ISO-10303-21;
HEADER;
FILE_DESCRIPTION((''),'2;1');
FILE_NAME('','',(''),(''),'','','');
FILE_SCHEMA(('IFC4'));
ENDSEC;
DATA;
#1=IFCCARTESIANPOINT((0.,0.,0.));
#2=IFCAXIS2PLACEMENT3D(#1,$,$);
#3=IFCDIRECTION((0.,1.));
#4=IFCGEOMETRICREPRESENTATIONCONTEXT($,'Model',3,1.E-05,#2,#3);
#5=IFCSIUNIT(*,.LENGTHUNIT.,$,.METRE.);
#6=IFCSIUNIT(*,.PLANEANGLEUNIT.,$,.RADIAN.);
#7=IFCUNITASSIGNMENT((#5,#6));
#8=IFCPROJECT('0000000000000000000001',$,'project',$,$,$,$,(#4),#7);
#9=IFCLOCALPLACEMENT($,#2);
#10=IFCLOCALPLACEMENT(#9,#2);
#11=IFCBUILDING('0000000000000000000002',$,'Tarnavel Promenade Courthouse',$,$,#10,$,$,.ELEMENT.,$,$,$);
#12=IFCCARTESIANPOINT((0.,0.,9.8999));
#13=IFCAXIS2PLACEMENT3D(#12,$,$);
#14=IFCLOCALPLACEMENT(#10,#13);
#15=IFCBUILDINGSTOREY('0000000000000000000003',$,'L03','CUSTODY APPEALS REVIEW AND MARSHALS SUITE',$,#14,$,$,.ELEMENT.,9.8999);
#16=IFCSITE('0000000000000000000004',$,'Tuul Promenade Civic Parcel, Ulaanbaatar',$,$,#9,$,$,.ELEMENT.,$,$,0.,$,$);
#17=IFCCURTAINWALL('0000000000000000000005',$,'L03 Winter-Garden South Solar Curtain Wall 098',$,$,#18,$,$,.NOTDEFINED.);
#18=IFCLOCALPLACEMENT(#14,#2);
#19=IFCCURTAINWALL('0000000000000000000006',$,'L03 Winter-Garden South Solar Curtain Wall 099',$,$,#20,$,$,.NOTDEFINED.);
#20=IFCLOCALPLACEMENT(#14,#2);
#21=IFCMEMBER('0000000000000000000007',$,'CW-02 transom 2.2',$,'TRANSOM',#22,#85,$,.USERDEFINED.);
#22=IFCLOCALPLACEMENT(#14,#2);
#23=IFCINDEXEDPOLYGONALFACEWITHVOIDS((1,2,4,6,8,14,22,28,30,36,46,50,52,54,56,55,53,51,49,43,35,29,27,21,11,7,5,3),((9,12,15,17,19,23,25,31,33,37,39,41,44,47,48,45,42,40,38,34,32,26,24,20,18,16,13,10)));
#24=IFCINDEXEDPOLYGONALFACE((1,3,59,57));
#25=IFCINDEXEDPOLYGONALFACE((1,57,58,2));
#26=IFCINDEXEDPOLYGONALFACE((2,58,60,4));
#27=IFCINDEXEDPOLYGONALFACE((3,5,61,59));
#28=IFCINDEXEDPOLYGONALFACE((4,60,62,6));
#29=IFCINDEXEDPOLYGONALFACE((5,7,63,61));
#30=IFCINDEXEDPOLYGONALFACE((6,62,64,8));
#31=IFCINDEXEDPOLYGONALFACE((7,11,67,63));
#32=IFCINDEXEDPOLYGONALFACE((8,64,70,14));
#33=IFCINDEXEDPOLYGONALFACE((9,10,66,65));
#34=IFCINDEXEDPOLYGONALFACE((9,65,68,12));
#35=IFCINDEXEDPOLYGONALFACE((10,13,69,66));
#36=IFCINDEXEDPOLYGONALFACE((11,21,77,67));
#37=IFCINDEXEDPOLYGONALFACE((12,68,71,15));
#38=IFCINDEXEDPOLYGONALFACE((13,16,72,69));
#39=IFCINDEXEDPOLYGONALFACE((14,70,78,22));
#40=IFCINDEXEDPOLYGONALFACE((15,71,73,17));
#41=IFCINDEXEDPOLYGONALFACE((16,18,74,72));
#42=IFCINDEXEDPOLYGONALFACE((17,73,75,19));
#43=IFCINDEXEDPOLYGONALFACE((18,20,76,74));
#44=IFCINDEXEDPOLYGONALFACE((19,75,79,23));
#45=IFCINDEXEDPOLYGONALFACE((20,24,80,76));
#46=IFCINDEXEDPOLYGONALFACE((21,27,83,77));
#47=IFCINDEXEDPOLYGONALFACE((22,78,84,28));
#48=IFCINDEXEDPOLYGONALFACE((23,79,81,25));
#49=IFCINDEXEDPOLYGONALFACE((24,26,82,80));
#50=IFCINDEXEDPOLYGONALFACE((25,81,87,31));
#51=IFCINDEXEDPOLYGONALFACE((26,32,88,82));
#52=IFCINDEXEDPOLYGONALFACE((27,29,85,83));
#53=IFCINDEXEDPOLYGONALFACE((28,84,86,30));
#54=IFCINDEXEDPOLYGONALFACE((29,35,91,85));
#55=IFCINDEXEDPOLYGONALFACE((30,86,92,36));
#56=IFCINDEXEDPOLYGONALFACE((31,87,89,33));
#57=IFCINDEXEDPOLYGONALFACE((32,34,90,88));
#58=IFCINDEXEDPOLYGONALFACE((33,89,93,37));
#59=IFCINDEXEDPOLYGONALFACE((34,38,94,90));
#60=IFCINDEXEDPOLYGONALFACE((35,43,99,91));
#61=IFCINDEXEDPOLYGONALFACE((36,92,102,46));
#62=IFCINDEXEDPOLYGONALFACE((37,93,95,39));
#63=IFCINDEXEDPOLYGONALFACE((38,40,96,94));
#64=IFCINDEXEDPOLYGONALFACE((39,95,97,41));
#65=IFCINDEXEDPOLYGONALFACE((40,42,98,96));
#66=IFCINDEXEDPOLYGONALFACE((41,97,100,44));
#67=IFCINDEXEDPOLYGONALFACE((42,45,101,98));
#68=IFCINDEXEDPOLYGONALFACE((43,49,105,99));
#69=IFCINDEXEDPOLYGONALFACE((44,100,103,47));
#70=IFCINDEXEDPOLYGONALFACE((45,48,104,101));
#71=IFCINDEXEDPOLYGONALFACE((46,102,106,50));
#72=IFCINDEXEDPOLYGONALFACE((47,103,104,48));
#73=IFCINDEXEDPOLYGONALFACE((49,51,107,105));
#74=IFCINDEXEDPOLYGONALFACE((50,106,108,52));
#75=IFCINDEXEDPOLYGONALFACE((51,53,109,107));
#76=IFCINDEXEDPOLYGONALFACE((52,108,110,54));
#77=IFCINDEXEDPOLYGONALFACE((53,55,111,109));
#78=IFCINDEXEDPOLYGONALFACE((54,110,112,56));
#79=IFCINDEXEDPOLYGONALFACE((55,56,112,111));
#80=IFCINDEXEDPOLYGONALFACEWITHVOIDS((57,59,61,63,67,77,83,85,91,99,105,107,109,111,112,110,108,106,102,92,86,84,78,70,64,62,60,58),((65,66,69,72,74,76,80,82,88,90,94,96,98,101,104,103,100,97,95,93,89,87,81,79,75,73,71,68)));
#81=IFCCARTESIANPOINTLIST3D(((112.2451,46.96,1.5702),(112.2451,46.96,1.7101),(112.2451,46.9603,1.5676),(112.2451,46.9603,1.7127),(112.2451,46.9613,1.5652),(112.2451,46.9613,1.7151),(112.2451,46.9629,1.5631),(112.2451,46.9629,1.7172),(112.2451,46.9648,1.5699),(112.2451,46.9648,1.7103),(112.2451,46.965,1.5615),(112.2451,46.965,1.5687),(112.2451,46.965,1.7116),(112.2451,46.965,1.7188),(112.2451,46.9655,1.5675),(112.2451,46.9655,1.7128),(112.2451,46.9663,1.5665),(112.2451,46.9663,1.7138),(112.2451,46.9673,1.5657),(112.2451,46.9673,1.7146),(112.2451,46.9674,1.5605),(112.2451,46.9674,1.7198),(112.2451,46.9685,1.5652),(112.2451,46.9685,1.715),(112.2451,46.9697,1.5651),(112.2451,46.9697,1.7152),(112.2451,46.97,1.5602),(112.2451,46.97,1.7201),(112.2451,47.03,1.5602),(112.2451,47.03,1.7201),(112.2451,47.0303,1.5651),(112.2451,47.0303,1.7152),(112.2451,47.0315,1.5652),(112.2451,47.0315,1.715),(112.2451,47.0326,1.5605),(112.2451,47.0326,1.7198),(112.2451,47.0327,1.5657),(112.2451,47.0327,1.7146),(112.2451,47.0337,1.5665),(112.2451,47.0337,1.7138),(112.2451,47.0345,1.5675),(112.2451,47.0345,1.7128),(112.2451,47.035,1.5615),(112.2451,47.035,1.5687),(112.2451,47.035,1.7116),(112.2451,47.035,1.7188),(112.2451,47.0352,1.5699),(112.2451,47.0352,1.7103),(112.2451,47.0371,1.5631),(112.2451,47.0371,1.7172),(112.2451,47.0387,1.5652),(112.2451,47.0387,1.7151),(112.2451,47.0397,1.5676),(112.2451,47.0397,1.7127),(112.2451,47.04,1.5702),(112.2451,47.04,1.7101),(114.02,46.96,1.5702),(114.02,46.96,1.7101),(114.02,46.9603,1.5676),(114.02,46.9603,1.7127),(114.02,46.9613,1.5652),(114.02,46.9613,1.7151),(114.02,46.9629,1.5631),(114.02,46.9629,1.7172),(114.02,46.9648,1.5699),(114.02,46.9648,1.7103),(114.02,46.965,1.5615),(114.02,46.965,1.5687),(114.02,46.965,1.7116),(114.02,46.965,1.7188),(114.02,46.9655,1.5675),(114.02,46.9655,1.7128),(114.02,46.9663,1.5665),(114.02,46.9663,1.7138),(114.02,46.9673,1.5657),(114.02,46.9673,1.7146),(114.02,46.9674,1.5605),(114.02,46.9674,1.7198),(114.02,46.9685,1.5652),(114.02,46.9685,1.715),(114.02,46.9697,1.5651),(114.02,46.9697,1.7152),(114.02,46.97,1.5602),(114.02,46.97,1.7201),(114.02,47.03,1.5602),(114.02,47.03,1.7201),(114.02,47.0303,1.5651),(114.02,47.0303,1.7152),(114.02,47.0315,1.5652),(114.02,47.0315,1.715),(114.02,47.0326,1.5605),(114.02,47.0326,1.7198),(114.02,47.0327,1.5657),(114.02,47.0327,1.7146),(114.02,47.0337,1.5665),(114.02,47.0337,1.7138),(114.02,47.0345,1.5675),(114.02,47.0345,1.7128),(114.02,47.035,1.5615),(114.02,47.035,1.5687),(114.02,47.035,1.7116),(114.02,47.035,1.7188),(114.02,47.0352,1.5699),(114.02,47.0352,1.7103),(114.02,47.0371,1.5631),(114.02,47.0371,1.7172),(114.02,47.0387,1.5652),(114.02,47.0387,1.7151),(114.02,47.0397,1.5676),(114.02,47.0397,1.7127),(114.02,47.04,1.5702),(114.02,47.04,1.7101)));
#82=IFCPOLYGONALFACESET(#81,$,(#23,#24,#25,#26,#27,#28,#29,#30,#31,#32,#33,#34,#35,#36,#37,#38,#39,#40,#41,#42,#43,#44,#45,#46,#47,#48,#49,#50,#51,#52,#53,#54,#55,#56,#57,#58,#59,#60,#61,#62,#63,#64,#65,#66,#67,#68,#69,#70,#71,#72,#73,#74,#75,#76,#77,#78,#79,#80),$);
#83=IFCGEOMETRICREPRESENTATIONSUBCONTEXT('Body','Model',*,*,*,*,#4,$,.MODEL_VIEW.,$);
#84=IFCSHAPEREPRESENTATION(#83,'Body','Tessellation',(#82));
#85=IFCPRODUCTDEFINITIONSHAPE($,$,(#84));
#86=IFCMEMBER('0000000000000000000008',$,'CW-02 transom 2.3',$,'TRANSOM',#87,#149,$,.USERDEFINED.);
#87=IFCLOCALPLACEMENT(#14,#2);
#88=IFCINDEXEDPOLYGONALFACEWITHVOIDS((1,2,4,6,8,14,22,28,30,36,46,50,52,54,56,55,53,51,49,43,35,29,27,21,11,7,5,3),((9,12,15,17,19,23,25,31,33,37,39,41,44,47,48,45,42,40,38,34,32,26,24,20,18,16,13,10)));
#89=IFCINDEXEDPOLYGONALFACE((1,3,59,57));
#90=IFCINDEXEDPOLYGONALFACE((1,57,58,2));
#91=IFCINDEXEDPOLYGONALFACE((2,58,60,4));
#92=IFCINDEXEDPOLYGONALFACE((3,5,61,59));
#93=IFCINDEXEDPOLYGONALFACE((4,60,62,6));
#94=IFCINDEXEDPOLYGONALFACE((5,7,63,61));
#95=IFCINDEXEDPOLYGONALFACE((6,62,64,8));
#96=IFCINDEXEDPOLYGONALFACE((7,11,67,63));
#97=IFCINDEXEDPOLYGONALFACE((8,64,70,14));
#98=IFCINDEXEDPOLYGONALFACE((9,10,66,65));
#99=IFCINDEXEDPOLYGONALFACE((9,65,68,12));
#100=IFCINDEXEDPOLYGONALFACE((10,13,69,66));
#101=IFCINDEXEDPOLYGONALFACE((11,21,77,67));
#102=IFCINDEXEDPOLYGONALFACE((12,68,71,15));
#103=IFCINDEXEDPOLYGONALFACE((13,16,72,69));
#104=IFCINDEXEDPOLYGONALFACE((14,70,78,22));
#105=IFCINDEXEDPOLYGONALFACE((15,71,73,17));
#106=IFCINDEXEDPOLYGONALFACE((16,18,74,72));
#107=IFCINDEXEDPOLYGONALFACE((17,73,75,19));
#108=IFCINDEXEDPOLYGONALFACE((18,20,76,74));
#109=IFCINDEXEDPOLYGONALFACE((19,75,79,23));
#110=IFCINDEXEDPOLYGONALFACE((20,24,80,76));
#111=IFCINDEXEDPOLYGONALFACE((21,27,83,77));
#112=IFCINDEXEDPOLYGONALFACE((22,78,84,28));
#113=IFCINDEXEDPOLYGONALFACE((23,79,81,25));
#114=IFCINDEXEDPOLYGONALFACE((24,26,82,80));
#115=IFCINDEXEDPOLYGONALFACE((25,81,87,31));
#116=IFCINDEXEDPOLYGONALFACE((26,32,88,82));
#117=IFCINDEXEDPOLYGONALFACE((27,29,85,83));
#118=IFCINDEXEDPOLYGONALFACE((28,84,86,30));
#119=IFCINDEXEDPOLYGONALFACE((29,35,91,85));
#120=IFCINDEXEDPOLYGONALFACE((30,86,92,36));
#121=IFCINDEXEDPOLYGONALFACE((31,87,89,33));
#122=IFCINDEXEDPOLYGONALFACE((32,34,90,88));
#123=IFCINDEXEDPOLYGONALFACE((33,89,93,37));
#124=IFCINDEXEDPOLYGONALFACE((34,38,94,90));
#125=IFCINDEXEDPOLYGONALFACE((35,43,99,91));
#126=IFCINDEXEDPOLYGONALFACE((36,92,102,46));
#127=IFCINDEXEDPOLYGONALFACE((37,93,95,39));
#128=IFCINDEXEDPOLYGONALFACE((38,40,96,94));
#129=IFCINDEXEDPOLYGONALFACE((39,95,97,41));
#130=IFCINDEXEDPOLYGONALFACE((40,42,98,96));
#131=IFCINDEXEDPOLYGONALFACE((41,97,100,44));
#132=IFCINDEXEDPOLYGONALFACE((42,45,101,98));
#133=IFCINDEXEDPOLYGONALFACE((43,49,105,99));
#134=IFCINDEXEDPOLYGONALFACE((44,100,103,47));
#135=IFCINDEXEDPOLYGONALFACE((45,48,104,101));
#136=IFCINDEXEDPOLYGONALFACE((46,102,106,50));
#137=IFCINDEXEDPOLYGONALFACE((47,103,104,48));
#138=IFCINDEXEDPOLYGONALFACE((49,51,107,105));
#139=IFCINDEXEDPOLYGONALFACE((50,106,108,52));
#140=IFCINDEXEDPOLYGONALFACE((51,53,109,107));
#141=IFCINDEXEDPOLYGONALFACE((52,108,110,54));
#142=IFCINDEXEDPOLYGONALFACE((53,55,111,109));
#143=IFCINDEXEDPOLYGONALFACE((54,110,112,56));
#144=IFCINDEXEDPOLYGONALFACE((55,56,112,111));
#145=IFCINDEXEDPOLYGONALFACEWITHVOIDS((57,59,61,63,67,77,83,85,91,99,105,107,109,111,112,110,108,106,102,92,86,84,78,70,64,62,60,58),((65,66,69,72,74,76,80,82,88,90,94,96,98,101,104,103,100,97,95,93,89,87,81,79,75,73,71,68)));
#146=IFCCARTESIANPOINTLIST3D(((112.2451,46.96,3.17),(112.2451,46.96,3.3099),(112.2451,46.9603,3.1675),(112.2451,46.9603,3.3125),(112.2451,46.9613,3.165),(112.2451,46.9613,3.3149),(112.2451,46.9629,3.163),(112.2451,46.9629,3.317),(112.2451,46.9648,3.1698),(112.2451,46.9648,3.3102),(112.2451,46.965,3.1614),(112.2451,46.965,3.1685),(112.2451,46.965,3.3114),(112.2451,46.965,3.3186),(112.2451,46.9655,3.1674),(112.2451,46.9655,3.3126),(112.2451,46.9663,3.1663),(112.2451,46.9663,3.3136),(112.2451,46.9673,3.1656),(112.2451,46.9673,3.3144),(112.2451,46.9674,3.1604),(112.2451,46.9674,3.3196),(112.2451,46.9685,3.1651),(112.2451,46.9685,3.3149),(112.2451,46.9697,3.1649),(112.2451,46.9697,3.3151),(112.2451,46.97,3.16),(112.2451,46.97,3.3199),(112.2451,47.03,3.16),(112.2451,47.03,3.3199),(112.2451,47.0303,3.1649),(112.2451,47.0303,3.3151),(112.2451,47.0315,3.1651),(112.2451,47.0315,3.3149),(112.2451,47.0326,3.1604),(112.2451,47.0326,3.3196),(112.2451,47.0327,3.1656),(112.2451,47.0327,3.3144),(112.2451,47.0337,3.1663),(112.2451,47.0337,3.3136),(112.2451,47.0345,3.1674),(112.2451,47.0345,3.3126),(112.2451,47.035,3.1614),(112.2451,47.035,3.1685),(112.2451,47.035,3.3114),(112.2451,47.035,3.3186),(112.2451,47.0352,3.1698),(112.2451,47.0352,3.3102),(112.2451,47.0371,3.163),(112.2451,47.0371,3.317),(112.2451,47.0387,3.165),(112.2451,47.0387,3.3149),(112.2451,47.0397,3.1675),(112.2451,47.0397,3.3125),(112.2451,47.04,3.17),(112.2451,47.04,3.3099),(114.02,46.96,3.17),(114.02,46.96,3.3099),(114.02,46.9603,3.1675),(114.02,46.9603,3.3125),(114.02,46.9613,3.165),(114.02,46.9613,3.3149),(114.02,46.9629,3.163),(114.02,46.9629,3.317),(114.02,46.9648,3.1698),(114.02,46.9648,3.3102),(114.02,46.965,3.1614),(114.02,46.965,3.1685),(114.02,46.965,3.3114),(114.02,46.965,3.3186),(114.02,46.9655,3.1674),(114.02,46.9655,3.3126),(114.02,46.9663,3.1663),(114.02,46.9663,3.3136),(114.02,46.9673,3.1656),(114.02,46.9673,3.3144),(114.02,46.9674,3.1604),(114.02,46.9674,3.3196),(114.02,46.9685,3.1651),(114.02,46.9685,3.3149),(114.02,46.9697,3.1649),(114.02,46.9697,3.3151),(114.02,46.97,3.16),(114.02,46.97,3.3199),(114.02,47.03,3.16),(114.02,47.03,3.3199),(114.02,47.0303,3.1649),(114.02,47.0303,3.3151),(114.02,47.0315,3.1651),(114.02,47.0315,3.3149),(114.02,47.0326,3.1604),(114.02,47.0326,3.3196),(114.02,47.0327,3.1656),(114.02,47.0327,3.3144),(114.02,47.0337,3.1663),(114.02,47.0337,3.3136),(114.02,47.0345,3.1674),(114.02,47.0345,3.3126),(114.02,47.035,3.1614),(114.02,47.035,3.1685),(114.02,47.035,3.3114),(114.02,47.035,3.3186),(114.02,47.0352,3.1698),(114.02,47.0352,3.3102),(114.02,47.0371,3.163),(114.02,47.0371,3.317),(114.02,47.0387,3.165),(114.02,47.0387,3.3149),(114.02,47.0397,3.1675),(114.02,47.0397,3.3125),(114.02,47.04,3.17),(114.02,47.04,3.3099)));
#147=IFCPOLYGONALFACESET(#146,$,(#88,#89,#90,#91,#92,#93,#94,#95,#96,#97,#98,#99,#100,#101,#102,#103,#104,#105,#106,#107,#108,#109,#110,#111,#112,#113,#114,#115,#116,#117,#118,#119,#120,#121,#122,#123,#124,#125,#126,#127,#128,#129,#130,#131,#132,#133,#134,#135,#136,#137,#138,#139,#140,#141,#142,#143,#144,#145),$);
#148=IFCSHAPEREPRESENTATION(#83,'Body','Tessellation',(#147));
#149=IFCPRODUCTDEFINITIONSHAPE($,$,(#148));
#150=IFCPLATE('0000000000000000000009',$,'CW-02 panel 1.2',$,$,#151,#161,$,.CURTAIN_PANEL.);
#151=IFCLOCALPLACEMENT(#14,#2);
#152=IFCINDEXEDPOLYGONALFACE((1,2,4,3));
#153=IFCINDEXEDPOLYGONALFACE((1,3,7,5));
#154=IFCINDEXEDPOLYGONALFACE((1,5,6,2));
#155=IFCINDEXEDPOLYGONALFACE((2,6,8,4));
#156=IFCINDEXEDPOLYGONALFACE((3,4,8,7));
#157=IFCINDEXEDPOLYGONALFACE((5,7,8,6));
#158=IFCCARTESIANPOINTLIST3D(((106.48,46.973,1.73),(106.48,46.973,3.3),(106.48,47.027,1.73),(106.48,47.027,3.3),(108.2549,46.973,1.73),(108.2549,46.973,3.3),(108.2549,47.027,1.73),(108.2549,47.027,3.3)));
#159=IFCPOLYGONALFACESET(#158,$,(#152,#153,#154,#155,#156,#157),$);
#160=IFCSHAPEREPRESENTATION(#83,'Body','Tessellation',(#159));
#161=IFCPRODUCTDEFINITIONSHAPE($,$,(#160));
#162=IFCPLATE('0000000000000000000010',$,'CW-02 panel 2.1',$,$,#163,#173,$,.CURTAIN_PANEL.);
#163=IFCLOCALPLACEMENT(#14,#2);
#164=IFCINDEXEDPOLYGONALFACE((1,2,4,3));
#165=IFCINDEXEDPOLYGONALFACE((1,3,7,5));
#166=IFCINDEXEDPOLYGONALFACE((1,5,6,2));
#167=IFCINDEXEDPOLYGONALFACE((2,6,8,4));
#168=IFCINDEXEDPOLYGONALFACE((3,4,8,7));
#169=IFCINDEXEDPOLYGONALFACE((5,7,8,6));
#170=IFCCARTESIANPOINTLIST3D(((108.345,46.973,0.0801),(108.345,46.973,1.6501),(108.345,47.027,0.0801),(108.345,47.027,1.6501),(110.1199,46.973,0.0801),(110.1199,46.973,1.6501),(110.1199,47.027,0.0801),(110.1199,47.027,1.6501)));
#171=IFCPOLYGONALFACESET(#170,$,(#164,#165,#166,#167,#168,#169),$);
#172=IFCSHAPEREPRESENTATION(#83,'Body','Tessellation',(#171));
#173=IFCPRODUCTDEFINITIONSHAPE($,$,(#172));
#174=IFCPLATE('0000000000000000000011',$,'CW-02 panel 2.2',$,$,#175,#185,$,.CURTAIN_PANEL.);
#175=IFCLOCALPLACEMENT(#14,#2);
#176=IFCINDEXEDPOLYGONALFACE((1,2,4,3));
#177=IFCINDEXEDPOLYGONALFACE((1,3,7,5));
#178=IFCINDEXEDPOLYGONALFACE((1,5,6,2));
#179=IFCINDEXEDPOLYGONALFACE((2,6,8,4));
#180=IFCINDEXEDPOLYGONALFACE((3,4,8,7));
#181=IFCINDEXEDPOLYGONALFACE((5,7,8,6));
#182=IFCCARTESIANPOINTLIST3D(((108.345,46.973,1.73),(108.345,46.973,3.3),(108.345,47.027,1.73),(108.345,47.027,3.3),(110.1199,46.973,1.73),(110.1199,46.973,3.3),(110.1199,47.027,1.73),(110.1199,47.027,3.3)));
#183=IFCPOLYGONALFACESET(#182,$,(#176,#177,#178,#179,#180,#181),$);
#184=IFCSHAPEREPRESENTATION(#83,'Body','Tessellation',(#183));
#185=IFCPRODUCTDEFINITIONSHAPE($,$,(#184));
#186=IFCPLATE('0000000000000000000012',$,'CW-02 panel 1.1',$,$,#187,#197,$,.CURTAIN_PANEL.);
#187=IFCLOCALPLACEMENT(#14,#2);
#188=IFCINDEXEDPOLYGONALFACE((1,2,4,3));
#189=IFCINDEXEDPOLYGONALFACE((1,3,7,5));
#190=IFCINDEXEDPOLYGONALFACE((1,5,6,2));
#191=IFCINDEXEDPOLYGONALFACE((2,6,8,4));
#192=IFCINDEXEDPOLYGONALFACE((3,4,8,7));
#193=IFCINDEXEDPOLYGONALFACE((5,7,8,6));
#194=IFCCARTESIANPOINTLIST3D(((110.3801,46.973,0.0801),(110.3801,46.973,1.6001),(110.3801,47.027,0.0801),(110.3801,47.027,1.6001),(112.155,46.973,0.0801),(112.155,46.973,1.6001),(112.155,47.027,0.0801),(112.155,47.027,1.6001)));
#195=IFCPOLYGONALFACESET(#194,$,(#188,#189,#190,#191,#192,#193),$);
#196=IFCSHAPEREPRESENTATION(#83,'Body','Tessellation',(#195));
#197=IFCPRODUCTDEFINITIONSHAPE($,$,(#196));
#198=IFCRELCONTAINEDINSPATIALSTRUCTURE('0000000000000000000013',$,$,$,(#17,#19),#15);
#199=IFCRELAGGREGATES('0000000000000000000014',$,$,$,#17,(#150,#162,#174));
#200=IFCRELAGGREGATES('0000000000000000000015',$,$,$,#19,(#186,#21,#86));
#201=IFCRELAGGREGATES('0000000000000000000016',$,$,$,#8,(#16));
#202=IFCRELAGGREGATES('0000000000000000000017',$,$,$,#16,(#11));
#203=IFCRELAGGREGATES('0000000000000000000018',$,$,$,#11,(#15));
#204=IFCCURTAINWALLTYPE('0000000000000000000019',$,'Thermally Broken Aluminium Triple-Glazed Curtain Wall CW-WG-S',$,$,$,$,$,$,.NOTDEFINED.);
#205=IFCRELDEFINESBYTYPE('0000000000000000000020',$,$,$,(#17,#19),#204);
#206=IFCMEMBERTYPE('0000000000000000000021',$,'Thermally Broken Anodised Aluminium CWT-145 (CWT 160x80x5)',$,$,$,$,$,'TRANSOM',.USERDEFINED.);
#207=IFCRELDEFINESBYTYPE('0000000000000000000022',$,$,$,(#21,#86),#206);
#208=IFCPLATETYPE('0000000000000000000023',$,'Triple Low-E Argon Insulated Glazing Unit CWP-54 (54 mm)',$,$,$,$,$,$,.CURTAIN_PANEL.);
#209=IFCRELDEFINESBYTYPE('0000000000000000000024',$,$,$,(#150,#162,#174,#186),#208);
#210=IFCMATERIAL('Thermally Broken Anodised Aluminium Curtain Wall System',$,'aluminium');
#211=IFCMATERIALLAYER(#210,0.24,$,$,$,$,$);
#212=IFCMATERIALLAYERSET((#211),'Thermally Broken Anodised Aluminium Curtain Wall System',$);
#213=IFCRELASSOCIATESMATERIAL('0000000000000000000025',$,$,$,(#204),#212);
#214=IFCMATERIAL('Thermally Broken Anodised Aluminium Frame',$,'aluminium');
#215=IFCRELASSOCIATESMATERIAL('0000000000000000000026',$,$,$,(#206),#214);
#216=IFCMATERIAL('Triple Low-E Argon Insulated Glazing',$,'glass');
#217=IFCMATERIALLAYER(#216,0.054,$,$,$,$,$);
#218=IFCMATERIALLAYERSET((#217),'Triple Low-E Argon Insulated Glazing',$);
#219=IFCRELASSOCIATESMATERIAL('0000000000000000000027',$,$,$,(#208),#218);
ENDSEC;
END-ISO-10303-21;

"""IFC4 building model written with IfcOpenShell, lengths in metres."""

from ifc_helpers import new_model, si_unit, direction, frame, origin, origin_2d, place, context, subcontext, project, spatial, rectangle, hollow_rectangle, extrude, material, layer, layer_set, material_profile, profile_set, type_object, element, aggregate, save


model = new_model("IFC4")

# Units and contexts
model_context = context("Model", 3, precision=1e-05, world=origin(), true_north=direction((0.0, 1.0)))
body_context = subcontext(model_context, "Body", "Model", "MODEL_VIEW")
ifc_project = project(units=[si_unit("LENGTHUNIT", "METRE"), si_unit("PLANEANGLEUNIT", "RADIAN")], contexts=[model_context])

# Site, building, storey
site_placement = place(None, origin())
site = spatial("IfcSite", under=ifc_project, at=site_placement, Name="Tuul Promenade Civic Parcel, Ulaanbaatar", CompositionType="ELEMENT", RefElevation=0.0)
building_placement = place(site_placement, origin())
building = spatial("IfcBuilding", under=site, at=building_placement, Name="Tarnavel Promenade Courthouse", CompositionType="ELEMENT")
storey_placement = place(building_placement, frame((0.0, 0.0, 9.8999)))
storey = spatial("IfcBuildingStorey", under=building, at=storey_placement, Name="L03", Description="CUSTODY APPEALS REVIEW AND MARSHALS SUITE", CompositionType="ELEMENT", Elevation=9.8999)

# Curtain walls
ifc_material_1 = material(Name="Thermally Broken Anodised Aluminium Curtain Wall System", Category="aluminium")
ifc_layer_1 = layer(ifc_material_1, 0.24)
ifc_layer_set_1 = layer_set([ifc_layer_1], Name="Thermally Broken Anodised Aluminium Curtain Wall System")
curtain_wall_type = type_object("IfcCurtainWallType", Name="Thermally Broken Aluminium Triple-Glazed Curtain Wall CW-WG-S", PredefinedType="NOTDEFINED", material=ifc_layer_set_1)
curtain_wall_1_placement = place(storey_placement, origin())
curtain_wall_1 = element("IfcCurtainWall", 1, at=curtain_wall_1_placement, inside=storey, type_object=curtain_wall_type, Name="L03 Winter-Garden South Solar Curtain Wall 098", PredefinedType="NOTDEFINED")
ifc_material_2 = material(Name="Thermally Broken Anodised Aluminium Frame", Category="aluminium")
curtain_wall_2_placement = place(storey_placement, origin())
curtain_wall_2 = element("IfcCurtainWall", 2, at=curtain_wall_2_placement, inside=storey, type_object=curtain_wall_type, Name="L03 Winter-Garden South Solar Curtain Wall 099", PredefinedType="NOTDEFINED")

# Members
ifc_material_profile_1 = material_profile(ifc_material_2, hollow_rectangle(XDim=0.0801, YDim=0.1599, WallThickness=0.0049, InnerFilletRadius=0.0049, OuterFilletRadius=0.01, at=origin_2d()), Name="CWT 160x80x5")
ifc_profile_set_1 = profile_set([ifc_material_profile_1], Name="Thermally Broken Anodised Aluminium Frame")
member_type_1 = type_object("IfcMemberType", Name="Thermally Broken Anodised Aluminium CWT-145 (CWT 160x80x5)", ElementType="TRANSOM", PredefinedType="USERDEFINED", material=ifc_profile_set_1)
member_1_placement = place(storey_placement, frame((112.2451, 47.0, 1.6401), z_axis=(1.0, 0.0, 0.0), x_axis=(0.0, 1.0, 0.0)))
member_1 = element("IfcMember", 3, at=member_1_placement, type_object=member_type_1, Name="CW-02 transom 2.2", ObjectType="TRANSOM", PredefinedType="USERDEFINED", context=body_context, shape_type="SweptSolid", body=[
    extrude(hollow_rectangle(XDim=0.0801, YDim=0.1599, WallThickness=0.0049, InnerFilletRadius=0.0049, OuterFilletRadius=0.01, at=origin_2d()), origin(), (0.0, 0.0, 1.0), 1.7749),
])
member_2_placement = place(storey_placement, frame((112.2451, 47.0, 3.24), z_axis=(1.0, 0.0, 0.0), x_axis=(0.0, 1.0, 0.0)))
member_2 = element("IfcMember", 4, at=member_2_placement, type_object=member_type_1, Name="CW-02 transom 2.3", ObjectType="TRANSOM", PredefinedType="USERDEFINED", context=body_context, shape_type="SweptSolid", body=[
    extrude(hollow_rectangle(XDim=0.0801, YDim=0.1599, WallThickness=0.0049, InnerFilletRadius=0.0049, OuterFilletRadius=0.01, at=origin_2d()), origin(), (0.0, 0.0, 1.0), 1.7749),
])

# Plates
ifc_material_3 = material(Name="Triple Low-E Argon Insulated Glazing", Category="glass")
ifc_layer_2 = layer(ifc_material_3, 0.054)
ifc_layer_set_2 = layer_set([ifc_layer_2], Name="Triple Low-E Argon Insulated Glazing")
plate_type = type_object("IfcPlateType", Name="Triple Low-E Argon Insulated Glazing Unit CWP-54 (54 mm)", PredefinedType="CURTAIN_PANEL", material=ifc_layer_set_2)
plate_1_placement = place(storey_placement, frame((107.3674, 47.0, 1.73), z_axis=(0.0, 0.0, 1.0), x_axis=(1.0, 0.0, 0.0)))
plate_1 = element("IfcPlate", 5, at=plate_1_placement, type_object=plate_type, Name="CW-02 panel 1.2", PredefinedType="CURTAIN_PANEL", context=body_context, shape_type="SweptSolid", body=[
    extrude(rectangle(XDim=1.7749, YDim=0.054, at=origin_2d()), origin(), (0.0, 0.0, 1.0), 1.5701),
])
plate_2_placement = place(storey_placement, frame((109.2324, 47.0, 0.0801), z_axis=(0.0, 0.0, 1.0), x_axis=(1.0, 0.0, 0.0)))
plate_2 = element("IfcPlate", 6, at=plate_2_placement, type_object=plate_type, Name="CW-02 panel 2.1", PredefinedType="CURTAIN_PANEL", context=body_context, shape_type="SweptSolid", body=[
    extrude(rectangle(XDim=1.7749, YDim=0.054, at=origin_2d()), origin(), (0.0, 0.0, 1.0), 1.5701),
])
plate_3_placement = place(storey_placement, frame((109.2324, 47.0, 1.73), z_axis=(0.0, 0.0, 1.0), x_axis=(1.0, 0.0, 0.0)))
plate_3 = element("IfcPlate", 7, at=plate_3_placement, type_object=plate_type, Name="CW-02 panel 2.2", PredefinedType="CURTAIN_PANEL", context=body_context, shape_type="SweptSolid", body=[
    extrude(rectangle(XDim=1.7749, YDim=0.054, at=origin_2d()), origin(), (0.0, 0.0, 1.0), 1.5701),
])
aggregate(curtain_wall_1, [plate_1, plate_2, plate_3])
plate_4_placement = place(storey_placement, frame((111.2676, 47.0, 0.0801), z_axis=(0.0, 0.0, 1.0), x_axis=(1.0, 0.0, 0.0)))
plate_4 = element("IfcPlate", 8, at=plate_4_placement, type_object=plate_type, Name="CW-02 panel 1.1", PredefinedType="CURTAIN_PANEL", context=body_context, shape_type="SweptSolid", body=[
    extrude(rectangle(XDim=1.7749, YDim=0.054, at=origin_2d()), origin(), (0.0, 0.0, 1.0), 1.52),
])
aggregate(curtain_wall_2, [plate_4, member_1, member_2])

save(model, "model.ifc")
